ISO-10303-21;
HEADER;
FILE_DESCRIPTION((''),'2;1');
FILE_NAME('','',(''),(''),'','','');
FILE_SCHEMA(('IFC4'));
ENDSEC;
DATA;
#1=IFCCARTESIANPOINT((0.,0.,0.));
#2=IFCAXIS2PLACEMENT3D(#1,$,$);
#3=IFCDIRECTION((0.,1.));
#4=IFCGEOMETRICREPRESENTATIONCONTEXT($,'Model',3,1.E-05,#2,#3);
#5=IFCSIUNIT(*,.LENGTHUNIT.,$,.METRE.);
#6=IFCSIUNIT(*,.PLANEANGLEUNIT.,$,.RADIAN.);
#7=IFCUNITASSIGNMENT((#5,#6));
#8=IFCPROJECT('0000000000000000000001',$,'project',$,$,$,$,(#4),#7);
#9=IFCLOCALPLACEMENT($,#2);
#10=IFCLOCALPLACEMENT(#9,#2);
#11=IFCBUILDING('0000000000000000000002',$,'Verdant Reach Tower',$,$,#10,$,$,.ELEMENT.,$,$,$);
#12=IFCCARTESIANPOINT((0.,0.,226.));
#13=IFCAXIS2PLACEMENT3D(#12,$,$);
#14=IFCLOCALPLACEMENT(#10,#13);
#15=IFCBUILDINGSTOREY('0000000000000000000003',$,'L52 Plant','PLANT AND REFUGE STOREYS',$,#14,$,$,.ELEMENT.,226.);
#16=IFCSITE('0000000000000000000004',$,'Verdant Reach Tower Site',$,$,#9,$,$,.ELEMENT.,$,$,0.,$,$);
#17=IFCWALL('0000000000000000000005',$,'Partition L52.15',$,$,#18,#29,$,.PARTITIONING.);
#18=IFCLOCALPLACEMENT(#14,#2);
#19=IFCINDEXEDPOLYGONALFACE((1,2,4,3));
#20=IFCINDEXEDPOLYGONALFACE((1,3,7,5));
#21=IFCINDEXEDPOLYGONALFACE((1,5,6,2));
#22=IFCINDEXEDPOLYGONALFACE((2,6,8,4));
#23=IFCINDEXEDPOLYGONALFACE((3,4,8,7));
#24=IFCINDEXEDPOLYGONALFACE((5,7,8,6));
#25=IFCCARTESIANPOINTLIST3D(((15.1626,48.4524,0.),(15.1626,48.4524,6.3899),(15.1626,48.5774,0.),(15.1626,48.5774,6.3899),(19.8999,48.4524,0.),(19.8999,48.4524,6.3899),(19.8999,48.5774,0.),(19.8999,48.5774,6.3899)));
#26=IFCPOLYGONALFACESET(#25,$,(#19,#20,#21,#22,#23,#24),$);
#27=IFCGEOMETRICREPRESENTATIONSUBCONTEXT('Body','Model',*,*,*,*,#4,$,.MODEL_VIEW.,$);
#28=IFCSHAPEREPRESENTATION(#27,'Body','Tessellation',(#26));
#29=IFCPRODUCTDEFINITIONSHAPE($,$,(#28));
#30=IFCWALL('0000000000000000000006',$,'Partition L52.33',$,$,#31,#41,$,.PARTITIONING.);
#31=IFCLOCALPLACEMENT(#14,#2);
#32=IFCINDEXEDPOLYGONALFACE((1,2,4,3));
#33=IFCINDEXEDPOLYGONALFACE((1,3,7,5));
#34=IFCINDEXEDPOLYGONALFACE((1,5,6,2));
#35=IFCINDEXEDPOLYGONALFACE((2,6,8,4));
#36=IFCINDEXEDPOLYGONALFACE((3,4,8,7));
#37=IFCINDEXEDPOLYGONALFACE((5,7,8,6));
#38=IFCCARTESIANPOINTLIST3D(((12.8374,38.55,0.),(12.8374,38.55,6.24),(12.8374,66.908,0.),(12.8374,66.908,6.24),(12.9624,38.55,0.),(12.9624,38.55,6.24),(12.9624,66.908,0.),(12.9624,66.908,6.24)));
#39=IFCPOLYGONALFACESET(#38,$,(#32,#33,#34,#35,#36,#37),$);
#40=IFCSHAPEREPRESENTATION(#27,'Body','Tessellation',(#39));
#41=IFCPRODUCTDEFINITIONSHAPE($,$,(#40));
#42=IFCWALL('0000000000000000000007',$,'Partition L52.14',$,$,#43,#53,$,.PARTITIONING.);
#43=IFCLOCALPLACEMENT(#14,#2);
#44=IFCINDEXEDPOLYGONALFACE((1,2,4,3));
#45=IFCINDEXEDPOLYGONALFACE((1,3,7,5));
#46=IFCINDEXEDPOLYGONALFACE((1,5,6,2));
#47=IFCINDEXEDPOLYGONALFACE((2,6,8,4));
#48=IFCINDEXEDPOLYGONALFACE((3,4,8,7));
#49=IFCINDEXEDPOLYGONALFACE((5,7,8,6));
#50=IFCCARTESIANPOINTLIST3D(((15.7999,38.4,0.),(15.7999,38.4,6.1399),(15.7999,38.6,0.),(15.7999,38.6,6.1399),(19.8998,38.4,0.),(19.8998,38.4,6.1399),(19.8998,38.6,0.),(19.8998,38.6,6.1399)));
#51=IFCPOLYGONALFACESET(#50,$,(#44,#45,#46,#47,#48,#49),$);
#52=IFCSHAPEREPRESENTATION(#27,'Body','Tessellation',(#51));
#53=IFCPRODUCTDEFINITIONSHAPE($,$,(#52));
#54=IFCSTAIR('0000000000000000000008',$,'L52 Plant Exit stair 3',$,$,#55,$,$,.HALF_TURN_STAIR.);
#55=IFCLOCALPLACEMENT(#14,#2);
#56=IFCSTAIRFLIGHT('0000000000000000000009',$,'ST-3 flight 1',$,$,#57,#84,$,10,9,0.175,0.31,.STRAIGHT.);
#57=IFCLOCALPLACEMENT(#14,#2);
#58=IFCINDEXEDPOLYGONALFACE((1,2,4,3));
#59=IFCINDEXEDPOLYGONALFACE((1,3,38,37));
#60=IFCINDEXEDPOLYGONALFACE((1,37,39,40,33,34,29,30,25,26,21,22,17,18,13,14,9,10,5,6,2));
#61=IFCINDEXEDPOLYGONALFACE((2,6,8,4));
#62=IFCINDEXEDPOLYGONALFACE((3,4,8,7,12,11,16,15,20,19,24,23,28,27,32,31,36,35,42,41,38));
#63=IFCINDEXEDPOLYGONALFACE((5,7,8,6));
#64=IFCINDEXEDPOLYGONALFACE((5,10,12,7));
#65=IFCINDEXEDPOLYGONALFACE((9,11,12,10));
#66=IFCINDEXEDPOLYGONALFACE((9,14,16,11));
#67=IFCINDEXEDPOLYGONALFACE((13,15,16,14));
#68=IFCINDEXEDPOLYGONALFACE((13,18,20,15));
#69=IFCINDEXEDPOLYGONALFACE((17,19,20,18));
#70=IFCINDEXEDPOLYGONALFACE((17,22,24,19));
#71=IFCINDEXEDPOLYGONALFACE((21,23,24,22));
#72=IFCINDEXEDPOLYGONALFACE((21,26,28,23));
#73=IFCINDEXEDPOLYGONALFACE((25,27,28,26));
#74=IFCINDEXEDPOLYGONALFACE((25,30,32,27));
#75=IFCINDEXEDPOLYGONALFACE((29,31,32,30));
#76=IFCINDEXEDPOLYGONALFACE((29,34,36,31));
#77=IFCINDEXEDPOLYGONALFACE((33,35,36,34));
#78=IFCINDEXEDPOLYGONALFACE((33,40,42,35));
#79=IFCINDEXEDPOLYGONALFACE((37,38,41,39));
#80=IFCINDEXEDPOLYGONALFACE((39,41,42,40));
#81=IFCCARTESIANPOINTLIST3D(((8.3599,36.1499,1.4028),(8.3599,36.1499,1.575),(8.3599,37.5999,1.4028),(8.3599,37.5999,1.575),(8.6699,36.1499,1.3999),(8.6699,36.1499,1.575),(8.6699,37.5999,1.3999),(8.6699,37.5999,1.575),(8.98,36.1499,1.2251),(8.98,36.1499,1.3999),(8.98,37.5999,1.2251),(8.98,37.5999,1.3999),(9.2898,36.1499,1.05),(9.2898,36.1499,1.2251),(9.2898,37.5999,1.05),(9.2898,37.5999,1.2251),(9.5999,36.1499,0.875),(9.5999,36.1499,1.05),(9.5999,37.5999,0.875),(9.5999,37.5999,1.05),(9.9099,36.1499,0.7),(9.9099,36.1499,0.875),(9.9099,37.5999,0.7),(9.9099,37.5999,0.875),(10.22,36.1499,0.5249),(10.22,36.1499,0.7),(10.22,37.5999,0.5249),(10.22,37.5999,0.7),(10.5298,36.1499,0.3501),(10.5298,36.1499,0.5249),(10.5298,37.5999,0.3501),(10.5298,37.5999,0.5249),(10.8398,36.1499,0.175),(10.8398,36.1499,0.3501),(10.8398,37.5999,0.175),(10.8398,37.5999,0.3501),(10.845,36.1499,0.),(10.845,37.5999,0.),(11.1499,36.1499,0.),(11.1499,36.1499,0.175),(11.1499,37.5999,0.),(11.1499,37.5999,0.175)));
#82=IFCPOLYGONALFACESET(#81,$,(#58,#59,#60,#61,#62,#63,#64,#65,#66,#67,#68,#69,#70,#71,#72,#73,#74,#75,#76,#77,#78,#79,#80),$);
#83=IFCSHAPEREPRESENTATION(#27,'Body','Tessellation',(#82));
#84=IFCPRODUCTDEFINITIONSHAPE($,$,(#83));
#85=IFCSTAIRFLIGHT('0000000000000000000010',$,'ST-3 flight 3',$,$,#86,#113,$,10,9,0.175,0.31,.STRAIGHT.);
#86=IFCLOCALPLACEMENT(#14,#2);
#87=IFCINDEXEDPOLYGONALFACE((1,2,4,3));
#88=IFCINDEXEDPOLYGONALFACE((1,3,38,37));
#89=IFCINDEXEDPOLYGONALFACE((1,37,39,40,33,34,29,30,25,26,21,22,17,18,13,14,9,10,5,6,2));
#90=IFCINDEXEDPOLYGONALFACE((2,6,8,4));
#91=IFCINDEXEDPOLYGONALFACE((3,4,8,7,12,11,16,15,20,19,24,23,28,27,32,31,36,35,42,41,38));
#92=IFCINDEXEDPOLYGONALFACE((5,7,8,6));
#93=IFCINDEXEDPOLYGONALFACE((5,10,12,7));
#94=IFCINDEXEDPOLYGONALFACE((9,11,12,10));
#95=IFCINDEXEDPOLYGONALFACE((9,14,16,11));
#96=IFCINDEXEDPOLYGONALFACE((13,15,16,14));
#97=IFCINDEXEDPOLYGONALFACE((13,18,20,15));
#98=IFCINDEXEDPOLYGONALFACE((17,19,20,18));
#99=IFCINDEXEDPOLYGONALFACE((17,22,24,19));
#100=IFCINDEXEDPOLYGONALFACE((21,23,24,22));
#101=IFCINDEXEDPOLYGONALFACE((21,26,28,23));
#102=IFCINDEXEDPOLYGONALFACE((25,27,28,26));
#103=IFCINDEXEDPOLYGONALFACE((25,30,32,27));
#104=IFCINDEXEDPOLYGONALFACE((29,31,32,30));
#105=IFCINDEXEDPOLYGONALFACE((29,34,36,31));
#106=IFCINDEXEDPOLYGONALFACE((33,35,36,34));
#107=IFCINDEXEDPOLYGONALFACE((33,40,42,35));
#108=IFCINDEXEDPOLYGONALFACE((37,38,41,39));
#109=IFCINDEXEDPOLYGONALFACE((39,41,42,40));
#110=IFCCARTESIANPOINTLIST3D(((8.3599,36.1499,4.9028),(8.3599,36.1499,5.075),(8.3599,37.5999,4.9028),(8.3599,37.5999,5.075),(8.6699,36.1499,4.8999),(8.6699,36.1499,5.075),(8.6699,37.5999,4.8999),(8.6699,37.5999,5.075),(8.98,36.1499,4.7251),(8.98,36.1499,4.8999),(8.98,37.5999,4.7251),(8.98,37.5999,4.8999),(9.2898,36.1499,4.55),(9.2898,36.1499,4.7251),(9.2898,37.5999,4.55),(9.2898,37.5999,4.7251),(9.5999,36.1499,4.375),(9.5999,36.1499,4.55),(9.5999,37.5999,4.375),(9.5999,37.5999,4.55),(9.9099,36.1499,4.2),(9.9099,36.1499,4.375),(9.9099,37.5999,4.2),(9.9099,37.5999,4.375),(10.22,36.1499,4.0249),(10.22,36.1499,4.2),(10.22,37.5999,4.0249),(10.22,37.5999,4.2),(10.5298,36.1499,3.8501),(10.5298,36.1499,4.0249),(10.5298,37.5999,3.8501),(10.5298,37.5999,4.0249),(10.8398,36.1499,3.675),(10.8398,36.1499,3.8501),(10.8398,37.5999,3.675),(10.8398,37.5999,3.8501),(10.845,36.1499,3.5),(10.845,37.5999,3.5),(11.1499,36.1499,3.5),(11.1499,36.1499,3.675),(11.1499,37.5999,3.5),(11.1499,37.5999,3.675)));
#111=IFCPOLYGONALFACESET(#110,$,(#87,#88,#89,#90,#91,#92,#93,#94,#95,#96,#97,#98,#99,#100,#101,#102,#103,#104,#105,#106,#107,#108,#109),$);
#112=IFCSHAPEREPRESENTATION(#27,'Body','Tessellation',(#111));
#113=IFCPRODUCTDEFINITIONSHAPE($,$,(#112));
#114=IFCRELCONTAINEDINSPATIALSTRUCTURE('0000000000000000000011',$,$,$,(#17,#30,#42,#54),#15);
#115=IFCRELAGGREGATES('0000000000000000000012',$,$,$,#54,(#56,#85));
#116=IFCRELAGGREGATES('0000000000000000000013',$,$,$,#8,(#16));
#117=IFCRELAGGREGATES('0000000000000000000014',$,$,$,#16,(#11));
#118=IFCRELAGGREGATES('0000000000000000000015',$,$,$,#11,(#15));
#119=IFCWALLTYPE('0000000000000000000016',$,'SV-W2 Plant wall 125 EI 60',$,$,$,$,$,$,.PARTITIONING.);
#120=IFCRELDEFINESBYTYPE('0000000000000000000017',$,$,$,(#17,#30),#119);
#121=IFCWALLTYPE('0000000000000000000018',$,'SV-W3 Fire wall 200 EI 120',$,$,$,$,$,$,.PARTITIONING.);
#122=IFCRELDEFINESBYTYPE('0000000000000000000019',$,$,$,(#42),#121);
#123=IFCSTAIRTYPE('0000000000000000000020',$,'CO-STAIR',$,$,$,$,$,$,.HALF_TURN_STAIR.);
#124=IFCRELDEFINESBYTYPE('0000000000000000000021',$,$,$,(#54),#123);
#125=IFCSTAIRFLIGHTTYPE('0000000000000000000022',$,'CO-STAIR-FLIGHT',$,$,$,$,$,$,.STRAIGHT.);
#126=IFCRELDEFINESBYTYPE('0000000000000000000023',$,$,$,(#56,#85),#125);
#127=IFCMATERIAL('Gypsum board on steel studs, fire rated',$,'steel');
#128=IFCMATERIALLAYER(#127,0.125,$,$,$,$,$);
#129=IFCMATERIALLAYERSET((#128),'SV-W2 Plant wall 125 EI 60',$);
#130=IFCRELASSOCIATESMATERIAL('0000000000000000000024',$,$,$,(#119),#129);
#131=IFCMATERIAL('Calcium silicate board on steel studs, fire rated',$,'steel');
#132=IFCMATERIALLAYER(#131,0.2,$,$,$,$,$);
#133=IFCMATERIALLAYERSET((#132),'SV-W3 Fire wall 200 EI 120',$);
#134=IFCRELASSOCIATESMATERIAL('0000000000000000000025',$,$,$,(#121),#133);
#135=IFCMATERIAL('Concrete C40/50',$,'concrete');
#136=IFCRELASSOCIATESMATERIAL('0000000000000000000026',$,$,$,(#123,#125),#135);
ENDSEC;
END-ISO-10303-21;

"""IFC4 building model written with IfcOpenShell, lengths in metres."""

from ifc_helpers import new_model, si_unit, direction, frame, frame_2d, origin, place, context, subcontext, project, spatial, polyline, rectangle, outline, extrude, material, layer, layer_set, type_object, element, aggregate, save


model = new_model("IFC4")

# Units and contexts
model_context = context("Model", 3, precision=1e-05, world=origin(), true_north=direction((0.0, 1.0)))
body_context = subcontext(model_context, "Body", "Model", "MODEL_VIEW")
ifc_project = project(units=[si_unit("LENGTHUNIT", "METRE"), si_unit("PLANEANGLEUNIT", "RADIAN")], contexts=[model_context])

# Site, building, storey
site_placement = place(None, origin())
site = spatial("IfcSite", under=ifc_project, at=site_placement, Name="Verdant Reach Tower Site", CompositionType="ELEMENT", RefElevation=0.0)
building_placement = place(site_placement, origin())
building = spatial("IfcBuilding", under=site, at=building_placement, Name="Verdant Reach Tower", CompositionType="ELEMENT")
storey_placement = place(building_placement, frame((0.0, 0.0, 226.0)))
storey = spatial("IfcBuildingStorey", under=building, at=storey_placement, Name="L52 Plant", Description="PLANT AND REFUGE STOREYS", CompositionType="ELEMENT", Elevation=226.0)

# Shared definitions
ifc_material_1 = material(Name="Gypsum board on steel studs, fire rated", Category="steel")
ifc_layer_1 = layer(ifc_material_1, 0.125)
ifc_layer_set_1 = layer_set([ifc_layer_1], Name="SV-W2 Plant wall 125 EI 60")
wall_type_1 = type_object("IfcWallType", Name="SV-W2 Plant wall 125 EI 60", PredefinedType="PARTITIONING", material=ifc_layer_set_1)

# Walls
wall_1_placement = place(storey_placement, frame((15.1626, 48.5149, 0.0), z_axis=(0.0, 0.0, 1.0), x_axis=(1.0, 0.0, 0.0)))
element("IfcWall", 1, at=wall_1_placement, inside=storey, type_object=wall_type_1, Name="Partition L52.15", PredefinedType="PARTITIONING", context=body_context, shape_type="SweptSolid", body=[
    extrude(rectangle(XDim=4.7373, YDim=0.125, at=frame_2d((2.3687, 0.0))), origin(), (0.0, 0.0, 1.0), 6.3899),
])
wall_2_placement = place(storey_placement, frame((12.8999, 38.55, 0.0), z_axis=(0.0, 0.0, 1.0), x_axis=(0.0, 1.0, 0.0)))
element("IfcWall", 2, at=wall_2_placement, inside=storey, type_object=wall_type_1, Name="Partition L52.33", PredefinedType="PARTITIONING", context=body_context, shape_type="SweptSolid", body=[
    extrude(rectangle(XDim=28.3579, YDim=0.125, at=frame_2d((14.179, 0.0))), origin(), (0.0, 0.0, 1.0), 6.24),
])
ifc_material_2 = material(Name="Calcium silicate board on steel studs, fire rated", Category="steel")
ifc_layer_2 = layer(ifc_material_2, 0.2)
ifc_layer_set_2 = layer_set([ifc_layer_2], Name="SV-W3 Fire wall 200 EI 120")
wall_type_2 = type_object("IfcWallType", Name="SV-W3 Fire wall 200 EI 120", PredefinedType="PARTITIONING", material=ifc_layer_set_2)
wall_3_placement = place(storey_placement, frame((15.8, 38.5, 0.0), z_axis=(0.0, 0.0, 1.0), x_axis=(1.0, 0.0, 0.0)))
element("IfcWall", 3, at=wall_3_placement, inside=storey, type_object=wall_type_2, Name="Partition L52.14", PredefinedType="PARTITIONING", context=body_context, shape_type="SweptSolid", body=[
    extrude(rectangle(XDim=4.0999, YDim=0.2, at=frame_2d((2.0498, 0.0))), origin(), (0.0, 0.0, 1.0), 6.1399),
])

# Stair, stair flights
ifc_material_3 = material(Name="Concrete C40/50", Category="concrete")
stair_type = type_object("IfcStairType", Name="CO-STAIR", PredefinedType="HALF_TURN_STAIR", material=ifc_material_3)
stair_placement = place(storey_placement, origin())
stair = element("IfcStair", 4, at=stair_placement, inside=storey, type_object=stair_type, Name="L52 Plant Exit stair 3", PredefinedType="HALF_TURN_STAIR")
stair_flight_type = type_object("IfcStairFlightType", Name="CO-STAIR-FLIGHT", PredefinedType="STRAIGHT", material=ifc_material_3)
stair_flight_1_placement = place(storey_placement, frame((11.1499, 36.875, 0.0), z_axis=(0.0, 0.0, 1.0), x_axis=(-1.0, 0.0, 0.0)))
stair_flight_1 = element("IfcStairFlight", 5, at=stair_flight_1_placement, type_object=stair_flight_type, Name="ST-3 flight 1", NumberOfRisers=10, NumberOfTreads=9, PredefinedType="STRAIGHT", RiserHeight=0.175, TreadLength=0.31, context=body_context, shape_type="SweptSolid", body=[
    extrude(outline(polyline([(0.0, 0.0), (0.0, 0.175), (0.3101, 0.175), (0.3101, 0.3501), (0.6201, 0.3501), (0.6201, 0.5249), (0.9299, 0.5249), (0.9299, 0.7), (1.24, 0.7), (1.24, 0.875), (1.55, 0.875), (1.55, 1.05), (1.8601, 1.05), (1.8601, 1.2251), (2.1699, 1.2251), (2.1699, 1.3999), (2.48, 1.3999), (2.48, 1.575), (2.79, 1.575), (2.79, 1.75), (2.79, 1.4028), (0.3049, 0.0), (0.0, 0.0)])), frame((0.0, 0.7251, 0.0), z_axis=(0.0, -1.0, 0.0), x_axis=(1.0, 0.0, 0.0)), (0.0, 0.0, 1.0), 1.45),
])
stair_flight_2_placement = place(storey_placement, frame((11.1499, 36.875, 3.5), z_axis=(0.0, 0.0, 1.0), x_axis=(-1.0, 0.0, 0.0)))
stair_flight_2 = element("IfcStairFlight", 6, at=stair_flight_2_placement, type_object=stair_flight_type, Name="ST-3 flight 3", NumberOfRisers=10, NumberOfTreads=9, PredefinedType="STRAIGHT", RiserHeight=0.175, TreadLength=0.31, context=body_context, shape_type="SweptSolid", body=[
    extrude(outline(polyline([(0.0, 0.0), (0.0, 0.175), (0.3101, 0.175), (0.3101, 0.3501), (0.6201, 0.3501), (0.6201, 0.5249), (0.9299, 0.5249), (0.9299, 0.7), (1.24, 0.7), (1.24, 0.875), (1.55, 0.875), (1.55, 1.05), (1.8601, 1.05), (1.8601, 1.2251), (2.1699, 1.2251), (2.1699, 1.3999), (2.48, 1.3999), (2.48, 1.575), (2.79, 1.575), (2.79, 1.75), (2.79, 1.4028), (0.3049, 0.0), (0.0, 0.0)])), frame((0.0, 0.7251, 0.0), z_axis=(0.0, -1.0, 0.0), x_axis=(1.0, 0.0, 0.0)), (0.0, 0.0, 1.0), 1.45),
])
aggregate(stair, [stair_flight_1, stair_flight_2])

save(model, "model.ifc")
